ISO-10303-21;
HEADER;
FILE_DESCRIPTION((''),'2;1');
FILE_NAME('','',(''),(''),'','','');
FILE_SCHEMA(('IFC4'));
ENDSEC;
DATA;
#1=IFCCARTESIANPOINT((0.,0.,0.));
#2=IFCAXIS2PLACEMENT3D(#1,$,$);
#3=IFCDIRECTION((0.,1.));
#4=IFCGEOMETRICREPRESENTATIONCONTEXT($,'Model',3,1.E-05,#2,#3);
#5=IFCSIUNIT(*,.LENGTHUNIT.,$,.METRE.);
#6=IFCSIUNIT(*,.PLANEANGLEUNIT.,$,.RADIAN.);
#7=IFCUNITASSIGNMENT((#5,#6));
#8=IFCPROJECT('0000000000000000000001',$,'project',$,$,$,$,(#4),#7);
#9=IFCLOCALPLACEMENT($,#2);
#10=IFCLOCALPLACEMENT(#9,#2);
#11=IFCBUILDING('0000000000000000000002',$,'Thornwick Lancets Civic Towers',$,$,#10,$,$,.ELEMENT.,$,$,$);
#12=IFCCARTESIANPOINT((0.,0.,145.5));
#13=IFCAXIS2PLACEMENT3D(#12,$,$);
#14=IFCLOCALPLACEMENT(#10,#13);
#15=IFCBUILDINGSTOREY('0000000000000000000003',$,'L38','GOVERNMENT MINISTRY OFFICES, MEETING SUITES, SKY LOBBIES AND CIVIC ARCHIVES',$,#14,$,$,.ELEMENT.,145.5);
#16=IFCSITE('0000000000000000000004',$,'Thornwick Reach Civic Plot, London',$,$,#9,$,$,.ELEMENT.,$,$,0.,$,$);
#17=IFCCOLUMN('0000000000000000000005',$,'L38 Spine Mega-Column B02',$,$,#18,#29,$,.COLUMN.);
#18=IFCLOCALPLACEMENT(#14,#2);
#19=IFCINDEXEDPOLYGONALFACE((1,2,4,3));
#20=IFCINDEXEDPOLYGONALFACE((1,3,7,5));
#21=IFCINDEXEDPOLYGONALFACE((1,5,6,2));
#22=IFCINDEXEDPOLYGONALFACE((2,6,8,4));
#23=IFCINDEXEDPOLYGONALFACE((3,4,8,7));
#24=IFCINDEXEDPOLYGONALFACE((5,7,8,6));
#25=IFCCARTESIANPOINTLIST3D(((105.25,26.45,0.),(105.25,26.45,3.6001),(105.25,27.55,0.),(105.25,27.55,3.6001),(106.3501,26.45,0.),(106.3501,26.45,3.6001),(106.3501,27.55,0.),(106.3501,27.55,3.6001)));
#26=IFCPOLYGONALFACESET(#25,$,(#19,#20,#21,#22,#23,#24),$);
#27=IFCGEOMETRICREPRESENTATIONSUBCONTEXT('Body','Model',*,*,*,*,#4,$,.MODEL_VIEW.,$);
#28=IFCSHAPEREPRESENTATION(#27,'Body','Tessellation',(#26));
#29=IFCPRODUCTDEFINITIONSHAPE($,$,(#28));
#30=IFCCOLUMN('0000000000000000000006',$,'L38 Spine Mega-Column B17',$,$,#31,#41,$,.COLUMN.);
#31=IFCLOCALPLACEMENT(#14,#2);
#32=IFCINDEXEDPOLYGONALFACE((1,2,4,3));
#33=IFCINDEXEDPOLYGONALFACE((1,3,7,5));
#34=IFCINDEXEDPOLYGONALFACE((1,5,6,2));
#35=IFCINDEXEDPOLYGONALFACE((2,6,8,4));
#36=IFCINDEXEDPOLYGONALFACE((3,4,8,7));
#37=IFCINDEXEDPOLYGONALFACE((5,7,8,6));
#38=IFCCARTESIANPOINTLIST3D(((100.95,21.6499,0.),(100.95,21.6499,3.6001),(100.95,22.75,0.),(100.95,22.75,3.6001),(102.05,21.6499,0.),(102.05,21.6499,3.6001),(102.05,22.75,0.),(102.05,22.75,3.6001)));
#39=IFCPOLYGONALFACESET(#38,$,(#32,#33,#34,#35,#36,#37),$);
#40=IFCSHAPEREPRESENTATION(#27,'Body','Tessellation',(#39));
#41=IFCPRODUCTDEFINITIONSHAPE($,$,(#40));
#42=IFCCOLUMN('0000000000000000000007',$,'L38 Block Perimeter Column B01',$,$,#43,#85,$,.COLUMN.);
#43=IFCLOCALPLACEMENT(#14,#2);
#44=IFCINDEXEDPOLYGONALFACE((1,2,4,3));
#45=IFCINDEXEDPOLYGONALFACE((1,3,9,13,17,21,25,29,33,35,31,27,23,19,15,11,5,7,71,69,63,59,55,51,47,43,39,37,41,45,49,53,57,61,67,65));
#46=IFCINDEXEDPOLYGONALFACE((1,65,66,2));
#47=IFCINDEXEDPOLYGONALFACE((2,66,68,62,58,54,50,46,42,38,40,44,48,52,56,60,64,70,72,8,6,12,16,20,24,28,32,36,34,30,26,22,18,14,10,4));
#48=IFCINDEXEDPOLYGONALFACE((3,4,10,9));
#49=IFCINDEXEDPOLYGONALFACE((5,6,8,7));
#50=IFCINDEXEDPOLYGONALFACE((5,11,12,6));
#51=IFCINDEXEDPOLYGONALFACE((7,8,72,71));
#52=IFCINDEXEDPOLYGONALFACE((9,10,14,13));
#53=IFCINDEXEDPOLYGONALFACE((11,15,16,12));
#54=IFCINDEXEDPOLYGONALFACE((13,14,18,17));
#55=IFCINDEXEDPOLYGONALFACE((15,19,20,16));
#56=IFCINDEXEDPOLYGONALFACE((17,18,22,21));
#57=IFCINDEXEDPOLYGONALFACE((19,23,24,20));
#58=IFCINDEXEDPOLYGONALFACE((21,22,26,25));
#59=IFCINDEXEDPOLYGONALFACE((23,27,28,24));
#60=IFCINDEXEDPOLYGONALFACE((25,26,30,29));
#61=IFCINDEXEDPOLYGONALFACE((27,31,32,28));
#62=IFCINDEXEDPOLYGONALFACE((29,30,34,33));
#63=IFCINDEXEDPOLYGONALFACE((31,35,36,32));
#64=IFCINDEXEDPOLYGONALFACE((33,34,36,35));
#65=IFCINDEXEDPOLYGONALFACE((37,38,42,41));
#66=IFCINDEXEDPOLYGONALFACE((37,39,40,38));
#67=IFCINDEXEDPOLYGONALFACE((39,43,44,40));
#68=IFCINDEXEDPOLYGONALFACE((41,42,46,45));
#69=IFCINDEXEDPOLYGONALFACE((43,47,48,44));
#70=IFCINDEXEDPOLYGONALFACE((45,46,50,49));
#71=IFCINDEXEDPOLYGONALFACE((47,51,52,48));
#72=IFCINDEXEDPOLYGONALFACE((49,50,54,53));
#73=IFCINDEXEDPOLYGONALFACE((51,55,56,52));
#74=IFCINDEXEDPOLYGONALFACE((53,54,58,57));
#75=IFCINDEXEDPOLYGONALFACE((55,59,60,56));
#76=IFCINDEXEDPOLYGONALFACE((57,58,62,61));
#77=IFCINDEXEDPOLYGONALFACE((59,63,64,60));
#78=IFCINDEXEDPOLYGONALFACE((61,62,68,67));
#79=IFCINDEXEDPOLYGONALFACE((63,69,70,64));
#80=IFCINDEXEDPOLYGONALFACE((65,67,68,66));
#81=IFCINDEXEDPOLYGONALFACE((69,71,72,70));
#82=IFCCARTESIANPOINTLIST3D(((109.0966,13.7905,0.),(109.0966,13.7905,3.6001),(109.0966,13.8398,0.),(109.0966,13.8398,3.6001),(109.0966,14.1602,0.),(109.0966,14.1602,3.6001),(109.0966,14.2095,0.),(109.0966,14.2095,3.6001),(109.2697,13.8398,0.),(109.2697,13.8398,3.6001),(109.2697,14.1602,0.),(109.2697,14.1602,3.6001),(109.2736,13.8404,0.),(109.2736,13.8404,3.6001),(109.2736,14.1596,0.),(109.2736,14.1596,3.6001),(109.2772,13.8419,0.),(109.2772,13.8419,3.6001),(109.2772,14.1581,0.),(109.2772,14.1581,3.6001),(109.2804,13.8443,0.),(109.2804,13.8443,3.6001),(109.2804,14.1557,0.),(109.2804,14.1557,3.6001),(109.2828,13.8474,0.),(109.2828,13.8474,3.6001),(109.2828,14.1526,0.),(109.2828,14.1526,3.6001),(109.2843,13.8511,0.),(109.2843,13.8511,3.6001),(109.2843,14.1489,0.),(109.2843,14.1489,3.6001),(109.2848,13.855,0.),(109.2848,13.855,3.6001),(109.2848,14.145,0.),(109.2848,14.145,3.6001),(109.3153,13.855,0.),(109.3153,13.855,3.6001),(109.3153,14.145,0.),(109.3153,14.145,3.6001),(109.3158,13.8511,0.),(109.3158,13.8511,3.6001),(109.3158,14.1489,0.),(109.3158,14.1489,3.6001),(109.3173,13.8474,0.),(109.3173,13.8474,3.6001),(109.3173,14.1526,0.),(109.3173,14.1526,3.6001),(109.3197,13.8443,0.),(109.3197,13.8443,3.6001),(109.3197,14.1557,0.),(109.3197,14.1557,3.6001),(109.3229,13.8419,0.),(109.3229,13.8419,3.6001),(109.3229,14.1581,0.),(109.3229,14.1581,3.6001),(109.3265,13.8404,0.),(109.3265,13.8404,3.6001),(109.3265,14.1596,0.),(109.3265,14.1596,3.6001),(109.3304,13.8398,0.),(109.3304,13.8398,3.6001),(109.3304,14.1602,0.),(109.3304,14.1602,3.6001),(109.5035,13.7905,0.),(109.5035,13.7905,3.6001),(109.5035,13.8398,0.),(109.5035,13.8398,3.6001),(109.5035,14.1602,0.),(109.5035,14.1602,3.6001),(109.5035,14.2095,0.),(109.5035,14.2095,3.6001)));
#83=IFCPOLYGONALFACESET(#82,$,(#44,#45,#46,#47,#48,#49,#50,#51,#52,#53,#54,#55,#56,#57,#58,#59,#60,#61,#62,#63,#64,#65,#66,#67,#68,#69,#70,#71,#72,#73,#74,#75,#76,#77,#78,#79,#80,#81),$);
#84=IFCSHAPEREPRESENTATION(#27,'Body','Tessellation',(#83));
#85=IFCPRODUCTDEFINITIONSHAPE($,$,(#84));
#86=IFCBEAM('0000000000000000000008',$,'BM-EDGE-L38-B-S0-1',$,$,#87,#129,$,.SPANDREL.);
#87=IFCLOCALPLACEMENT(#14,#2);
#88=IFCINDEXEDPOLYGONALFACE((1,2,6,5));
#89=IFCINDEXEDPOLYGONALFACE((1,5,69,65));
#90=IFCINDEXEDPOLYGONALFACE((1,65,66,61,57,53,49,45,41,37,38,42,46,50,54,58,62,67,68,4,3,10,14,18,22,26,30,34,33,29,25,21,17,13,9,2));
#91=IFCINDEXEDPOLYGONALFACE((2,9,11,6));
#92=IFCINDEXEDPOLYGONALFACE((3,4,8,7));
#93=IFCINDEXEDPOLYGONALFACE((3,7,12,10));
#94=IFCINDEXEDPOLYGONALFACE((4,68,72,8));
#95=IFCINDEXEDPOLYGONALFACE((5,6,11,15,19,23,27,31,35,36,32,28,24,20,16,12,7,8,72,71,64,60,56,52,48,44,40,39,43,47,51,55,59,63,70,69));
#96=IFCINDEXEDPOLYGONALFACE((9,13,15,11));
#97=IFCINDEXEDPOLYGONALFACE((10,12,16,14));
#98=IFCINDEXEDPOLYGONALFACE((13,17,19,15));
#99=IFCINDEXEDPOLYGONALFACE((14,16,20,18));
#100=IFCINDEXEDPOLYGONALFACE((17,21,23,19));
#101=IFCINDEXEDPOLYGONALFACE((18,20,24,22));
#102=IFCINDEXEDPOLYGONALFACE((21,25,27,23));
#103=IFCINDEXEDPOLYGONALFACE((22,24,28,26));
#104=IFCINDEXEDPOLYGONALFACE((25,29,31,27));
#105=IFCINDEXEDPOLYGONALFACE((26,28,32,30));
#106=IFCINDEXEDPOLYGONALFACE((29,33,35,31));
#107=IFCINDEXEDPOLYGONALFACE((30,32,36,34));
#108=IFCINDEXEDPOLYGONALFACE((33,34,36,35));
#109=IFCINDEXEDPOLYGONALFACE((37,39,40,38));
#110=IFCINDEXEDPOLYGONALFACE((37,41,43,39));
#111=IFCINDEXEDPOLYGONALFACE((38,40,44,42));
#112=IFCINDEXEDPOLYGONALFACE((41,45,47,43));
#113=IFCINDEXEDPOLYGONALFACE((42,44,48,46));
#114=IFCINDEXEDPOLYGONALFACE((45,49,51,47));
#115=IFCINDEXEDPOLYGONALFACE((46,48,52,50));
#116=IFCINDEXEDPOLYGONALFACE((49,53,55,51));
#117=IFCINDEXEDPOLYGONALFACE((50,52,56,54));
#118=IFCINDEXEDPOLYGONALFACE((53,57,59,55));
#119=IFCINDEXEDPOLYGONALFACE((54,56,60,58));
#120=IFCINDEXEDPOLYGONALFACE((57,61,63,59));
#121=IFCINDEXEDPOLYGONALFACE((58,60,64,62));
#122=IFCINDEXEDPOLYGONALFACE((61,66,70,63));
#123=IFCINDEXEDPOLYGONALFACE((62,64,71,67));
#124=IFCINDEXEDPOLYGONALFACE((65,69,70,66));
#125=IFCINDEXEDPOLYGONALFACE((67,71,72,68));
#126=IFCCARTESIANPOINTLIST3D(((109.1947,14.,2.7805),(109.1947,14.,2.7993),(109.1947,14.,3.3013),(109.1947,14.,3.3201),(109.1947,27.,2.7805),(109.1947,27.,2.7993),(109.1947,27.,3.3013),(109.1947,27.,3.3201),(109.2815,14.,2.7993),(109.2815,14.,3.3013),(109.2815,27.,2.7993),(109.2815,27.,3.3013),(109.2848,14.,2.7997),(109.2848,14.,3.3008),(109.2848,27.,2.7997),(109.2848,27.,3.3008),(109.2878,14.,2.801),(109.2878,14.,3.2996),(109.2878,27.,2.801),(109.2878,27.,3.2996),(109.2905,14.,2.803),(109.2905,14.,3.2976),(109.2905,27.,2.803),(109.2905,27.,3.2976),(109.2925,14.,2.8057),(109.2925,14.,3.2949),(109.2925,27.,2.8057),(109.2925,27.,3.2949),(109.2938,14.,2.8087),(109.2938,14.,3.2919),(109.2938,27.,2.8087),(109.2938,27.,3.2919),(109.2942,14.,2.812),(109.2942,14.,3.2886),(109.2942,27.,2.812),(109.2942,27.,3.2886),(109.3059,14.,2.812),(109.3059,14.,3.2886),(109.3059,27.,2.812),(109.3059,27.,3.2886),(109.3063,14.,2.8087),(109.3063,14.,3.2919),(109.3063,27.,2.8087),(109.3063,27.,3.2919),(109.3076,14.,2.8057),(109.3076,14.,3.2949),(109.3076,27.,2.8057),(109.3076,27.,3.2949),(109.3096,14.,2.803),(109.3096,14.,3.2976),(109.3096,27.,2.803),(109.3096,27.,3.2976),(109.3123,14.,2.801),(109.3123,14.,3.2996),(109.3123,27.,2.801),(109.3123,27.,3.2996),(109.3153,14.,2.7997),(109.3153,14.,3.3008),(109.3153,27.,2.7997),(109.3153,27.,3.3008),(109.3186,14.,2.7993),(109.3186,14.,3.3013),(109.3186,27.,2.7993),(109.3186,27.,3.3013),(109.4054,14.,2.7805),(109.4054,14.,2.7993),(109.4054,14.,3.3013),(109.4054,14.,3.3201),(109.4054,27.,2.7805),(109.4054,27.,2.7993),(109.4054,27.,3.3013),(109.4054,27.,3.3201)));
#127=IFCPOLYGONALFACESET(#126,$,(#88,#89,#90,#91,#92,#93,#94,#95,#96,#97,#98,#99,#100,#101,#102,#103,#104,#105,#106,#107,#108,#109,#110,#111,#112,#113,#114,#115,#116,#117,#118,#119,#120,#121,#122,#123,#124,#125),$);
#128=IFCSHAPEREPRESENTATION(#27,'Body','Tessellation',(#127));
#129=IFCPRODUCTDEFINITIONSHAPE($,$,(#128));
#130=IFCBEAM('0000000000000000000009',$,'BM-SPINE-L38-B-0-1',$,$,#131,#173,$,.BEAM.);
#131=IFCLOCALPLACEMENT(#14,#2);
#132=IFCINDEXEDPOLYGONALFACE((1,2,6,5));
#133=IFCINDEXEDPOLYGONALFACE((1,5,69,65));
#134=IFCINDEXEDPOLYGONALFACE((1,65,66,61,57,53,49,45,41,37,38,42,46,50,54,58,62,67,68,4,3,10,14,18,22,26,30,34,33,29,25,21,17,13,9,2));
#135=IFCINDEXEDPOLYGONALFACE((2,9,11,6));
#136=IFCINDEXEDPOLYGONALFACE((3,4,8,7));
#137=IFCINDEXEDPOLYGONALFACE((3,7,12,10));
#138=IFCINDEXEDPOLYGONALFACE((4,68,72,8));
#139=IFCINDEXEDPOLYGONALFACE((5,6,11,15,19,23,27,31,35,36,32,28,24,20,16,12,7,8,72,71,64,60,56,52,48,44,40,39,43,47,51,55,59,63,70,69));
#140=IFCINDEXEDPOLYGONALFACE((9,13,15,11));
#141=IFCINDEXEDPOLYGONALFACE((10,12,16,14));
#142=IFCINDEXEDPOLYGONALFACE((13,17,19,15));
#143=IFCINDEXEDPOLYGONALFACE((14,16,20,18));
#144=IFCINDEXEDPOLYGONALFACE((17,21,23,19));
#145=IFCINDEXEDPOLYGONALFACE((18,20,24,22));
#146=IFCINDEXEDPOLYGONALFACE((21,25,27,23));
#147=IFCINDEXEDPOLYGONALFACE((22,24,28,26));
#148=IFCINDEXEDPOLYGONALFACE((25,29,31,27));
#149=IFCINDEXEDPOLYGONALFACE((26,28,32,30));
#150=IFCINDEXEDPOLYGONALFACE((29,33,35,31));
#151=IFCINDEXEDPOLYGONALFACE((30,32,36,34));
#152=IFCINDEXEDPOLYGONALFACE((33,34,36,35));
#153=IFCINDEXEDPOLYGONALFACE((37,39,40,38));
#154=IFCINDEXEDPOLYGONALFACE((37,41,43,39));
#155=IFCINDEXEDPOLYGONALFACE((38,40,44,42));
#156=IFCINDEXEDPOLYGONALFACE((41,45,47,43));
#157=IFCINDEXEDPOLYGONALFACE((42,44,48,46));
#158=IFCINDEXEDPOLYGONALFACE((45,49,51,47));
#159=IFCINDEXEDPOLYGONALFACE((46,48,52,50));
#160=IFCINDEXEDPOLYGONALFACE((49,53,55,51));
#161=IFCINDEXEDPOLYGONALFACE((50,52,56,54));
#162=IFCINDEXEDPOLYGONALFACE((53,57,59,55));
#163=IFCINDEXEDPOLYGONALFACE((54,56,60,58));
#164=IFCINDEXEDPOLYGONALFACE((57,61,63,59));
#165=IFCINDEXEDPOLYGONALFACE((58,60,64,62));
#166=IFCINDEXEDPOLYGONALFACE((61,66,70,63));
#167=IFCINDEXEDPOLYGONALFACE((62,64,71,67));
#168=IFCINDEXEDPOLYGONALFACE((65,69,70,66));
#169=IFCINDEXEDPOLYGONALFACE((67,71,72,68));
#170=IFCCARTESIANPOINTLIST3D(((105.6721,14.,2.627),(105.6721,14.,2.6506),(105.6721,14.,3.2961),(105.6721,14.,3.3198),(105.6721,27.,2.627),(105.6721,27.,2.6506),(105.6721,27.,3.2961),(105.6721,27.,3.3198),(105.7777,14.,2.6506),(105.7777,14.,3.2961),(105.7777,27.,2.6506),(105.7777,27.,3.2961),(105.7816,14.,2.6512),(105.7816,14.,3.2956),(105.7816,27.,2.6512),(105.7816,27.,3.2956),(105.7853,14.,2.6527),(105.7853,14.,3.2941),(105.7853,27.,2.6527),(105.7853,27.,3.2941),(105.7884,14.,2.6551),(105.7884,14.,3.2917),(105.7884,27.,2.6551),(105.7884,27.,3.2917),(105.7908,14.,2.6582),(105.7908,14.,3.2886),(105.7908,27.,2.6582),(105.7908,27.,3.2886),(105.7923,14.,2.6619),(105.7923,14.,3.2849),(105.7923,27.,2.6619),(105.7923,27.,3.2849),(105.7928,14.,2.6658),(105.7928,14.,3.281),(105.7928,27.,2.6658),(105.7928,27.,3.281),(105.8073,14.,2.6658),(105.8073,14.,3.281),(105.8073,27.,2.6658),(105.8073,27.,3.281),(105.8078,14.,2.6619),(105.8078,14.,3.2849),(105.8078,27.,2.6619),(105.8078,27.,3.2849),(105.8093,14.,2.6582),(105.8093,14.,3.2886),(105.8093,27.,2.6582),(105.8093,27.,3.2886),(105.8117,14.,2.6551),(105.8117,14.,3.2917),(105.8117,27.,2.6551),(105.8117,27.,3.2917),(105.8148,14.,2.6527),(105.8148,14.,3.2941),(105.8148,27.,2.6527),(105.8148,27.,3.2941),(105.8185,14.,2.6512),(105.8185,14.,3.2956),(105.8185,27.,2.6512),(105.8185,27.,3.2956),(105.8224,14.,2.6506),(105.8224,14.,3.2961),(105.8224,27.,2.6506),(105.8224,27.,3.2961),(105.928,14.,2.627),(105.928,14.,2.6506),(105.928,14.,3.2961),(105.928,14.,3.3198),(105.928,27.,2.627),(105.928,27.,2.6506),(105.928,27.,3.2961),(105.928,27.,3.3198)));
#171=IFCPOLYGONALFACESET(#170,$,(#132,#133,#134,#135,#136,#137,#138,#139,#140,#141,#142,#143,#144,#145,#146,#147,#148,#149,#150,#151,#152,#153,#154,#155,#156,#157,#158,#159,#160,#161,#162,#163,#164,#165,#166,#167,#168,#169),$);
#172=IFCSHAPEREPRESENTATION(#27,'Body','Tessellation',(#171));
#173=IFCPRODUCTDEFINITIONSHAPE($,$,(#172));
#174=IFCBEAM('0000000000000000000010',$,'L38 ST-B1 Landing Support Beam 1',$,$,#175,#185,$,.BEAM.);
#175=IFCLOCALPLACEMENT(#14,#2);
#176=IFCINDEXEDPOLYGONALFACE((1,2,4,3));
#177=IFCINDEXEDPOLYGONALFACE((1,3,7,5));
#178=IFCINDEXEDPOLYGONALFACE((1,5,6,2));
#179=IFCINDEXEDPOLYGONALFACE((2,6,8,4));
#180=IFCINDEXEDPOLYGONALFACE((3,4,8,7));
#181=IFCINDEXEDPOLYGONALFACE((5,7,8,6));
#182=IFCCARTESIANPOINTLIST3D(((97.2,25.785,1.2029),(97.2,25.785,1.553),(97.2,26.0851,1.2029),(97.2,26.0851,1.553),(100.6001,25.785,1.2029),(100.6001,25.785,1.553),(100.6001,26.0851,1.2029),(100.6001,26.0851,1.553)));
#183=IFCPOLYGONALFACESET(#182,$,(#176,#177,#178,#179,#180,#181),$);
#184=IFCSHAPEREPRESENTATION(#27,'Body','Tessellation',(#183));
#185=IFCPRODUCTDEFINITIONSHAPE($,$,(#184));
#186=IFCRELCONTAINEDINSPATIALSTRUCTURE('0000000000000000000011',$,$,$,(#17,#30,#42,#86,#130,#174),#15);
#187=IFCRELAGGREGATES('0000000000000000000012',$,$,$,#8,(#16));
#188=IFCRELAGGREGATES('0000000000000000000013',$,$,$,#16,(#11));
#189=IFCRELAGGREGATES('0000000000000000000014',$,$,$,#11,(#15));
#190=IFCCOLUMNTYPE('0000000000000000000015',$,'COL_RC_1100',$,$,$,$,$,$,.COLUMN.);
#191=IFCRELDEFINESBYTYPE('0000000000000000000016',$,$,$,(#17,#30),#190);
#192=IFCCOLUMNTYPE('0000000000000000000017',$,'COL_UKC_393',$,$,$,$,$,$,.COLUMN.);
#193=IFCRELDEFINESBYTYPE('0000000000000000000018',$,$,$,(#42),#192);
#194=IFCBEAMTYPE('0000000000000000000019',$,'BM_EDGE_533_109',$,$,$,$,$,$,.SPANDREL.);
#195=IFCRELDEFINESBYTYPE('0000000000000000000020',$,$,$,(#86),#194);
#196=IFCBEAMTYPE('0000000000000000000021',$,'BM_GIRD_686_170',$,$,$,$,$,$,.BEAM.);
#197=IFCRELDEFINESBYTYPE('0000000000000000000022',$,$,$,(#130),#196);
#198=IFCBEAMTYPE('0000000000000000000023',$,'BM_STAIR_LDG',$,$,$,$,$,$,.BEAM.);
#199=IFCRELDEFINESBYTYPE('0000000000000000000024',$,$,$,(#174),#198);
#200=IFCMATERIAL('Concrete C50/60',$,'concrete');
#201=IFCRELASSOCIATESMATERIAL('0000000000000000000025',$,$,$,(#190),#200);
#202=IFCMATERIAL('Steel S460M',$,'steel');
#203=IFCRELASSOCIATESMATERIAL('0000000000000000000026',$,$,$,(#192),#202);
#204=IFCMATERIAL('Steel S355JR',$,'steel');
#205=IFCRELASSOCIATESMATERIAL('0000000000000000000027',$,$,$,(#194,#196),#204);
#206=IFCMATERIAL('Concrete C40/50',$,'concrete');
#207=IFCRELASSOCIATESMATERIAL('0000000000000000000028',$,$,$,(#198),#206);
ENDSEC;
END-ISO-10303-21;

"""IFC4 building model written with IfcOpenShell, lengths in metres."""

from ifc_helpers import new_model, si_unit, direction, frame, origin, origin_2d, place, context, subcontext, project, spatial, rectangle, i_section, extrude, material, material_profile, profile_set, type_object, element, save


model = new_model("IFC4")

# Units and contexts
model_context = context("Model", 3, precision=1e-05, world=origin(), true_north=direction((0.0, 1.0)))
body_context = subcontext(model_context, "Body", "Model", "MODEL_VIEW")
ifc_project = project(units=[si_unit("LENGTHUNIT", "METRE"), si_unit("PLANEANGLEUNIT", "RADIAN")], contexts=[model_context])

# Site, building, storey
site_placement = place(None, origin())
site = spatial("IfcSite", under=ifc_project, at=site_placement, Name="Thornwick Reach Civic Plot, London", CompositionType="ELEMENT", RefElevation=0.0)
building_placement = place(site_placement, origin())
building = spatial("IfcBuilding", under=site, at=building_placement, Name="Thornwick Lancets Civic Towers", CompositionType="ELEMENT")
storey_placement = place(building_placement, frame((0.0, 0.0, 145.5)))
storey = spatial("IfcBuildingStorey", under=building, at=storey_placement, Name="L38", Description="GOVERNMENT MINISTRY OFFICES, MEETING SUITES, SKY LOBBIES AND CIVIC ARCHIVES", CompositionType="ELEMENT", Elevation=145.5)

# Columns
ifc_material_1 = material(Name="Concrete C50/60", Category="concrete")
ifc_material_profile_1 = material_profile(ifc_material_1, rectangle(XDim=1.1001, YDim=1.1001, at=origin_2d()), Name="RC 1100x1100")
ifc_profile_set_1 = profile_set([ifc_material_profile_1], Name="Concrete C50/60")
column_type_1 = type_object("IfcColumnType", Name="COL_RC_1100", PredefinedType="COLUMN", material=ifc_profile_set_1)
for number, where, z_axis, x_axis, name in (
    (1, (105.8, 27.0, 0.0), (0.0, 0.0, 1.0), (1.0, 0.0, 0.0), "L38 Spine Mega-Column B02"),
    (2, (101.5, 22.2, 0.0), (0.0, 0.0, 1.0), (1.0, 0.0, 0.0), "L38 Spine Mega-Column B17"),
):
    element("IfcColumn", number, at=place(storey_placement, frame(where, z_axis=z_axis, x_axis=x_axis)), inside=storey, type_object=column_type_1, Name=name, PredefinedType="COLUMN", context=body_context, shape_type="SweptSolid", body=[
        extrude(rectangle(XDim=1.1001, YDim=1.1001, at=origin_2d()), origin(), (0.0, 0.0, 1.0), 3.6001),
    ])
ifc_material_2 = material(Name="Steel S460M", Category="steel")
ifc_material_profile_2 = material_profile(ifc_material_2, i_section(OverallWidth=0.407, OverallDepth=0.4189, WebThickness=0.0305, FlangeThickness=0.0493, FilletRadius=0.0151, at=origin_2d()), Name="UKC 356x406x393")
ifc_profile_set_2 = profile_set([ifc_material_profile_2], Name="Steel S460M")
column_type_2 = type_object("IfcColumnType", Name="COL_UKC_393", PredefinedType="COLUMN", material=ifc_profile_set_2)
column_placement = place(storey_placement, frame((109.3, 14.0, 0.0), z_axis=(0.0, 0.0, 1.0), x_axis=(1.0, 0.0, 0.0)))
element("IfcColumn", 3, at=column_placement, inside=storey, type_object=column_type_2, Name="L38 Block Perimeter Column B01", PredefinedType="COLUMN", context=body_context, shape_type="SweptSolid", body=[
    extrude(i_section(OverallWidth=0.407, OverallDepth=0.4189, WebThickness=0.0305, FlangeThickness=0.0493, FilletRadius=0.0151, at=origin_2d()), origin(), (0.0, 0.0, 1.0), 3.6001),
])

# Beams
ifc_material_3 = material(Name="Steel S355JR", Category="steel")
ifc_material_profile_3 = material_profile(ifc_material_3, i_section(OverallWidth=0.2107, OverallDepth=0.5396, WebThickness=0.0117, FlangeThickness=0.0188, FilletRadius=0.0127, at=origin_2d()), Name="UKB 533x210x109")
ifc_profile_set_3 = profile_set([ifc_material_profile_3], Name="Steel S355JR")
beam_type_1 = type_object("IfcBeamType", Name="BM_EDGE_533_109", PredefinedType="SPANDREL", material=ifc_profile_set_3)
beam_1_placement = place(storey_placement, frame((109.3, 14.0, 3.0503), z_axis=(0.0, 1.0, 0.0), x_axis=(-1.0, 0.0, 0.0)))
element("IfcBeam", 4, at=beam_1_placement, inside=storey, type_object=beam_type_1, Name="BM-EDGE-L38-B-S0-1", PredefinedType="SPANDREL", context=body_context, shape_type="SweptSolid", body=[
    extrude(i_section(OverallWidth=0.2107, OverallDepth=0.5396, WebThickness=0.0117, FlangeThickness=0.0188, FilletRadius=0.0127, at=origin_2d()), origin(), (0.0, 0.0, 1.0), 13.0),
])
ifc_material_profile_4 = material_profile(ifc_material_3, i_section(OverallWidth=0.2559, OverallDepth=0.6929, WebThickness=0.0144, FlangeThickness=0.0237, FilletRadius=0.0151, at=origin_2d()), Name="UKB 686x254x170")
ifc_profile_set_4 = profile_set([ifc_material_profile_4], Name="Steel S355JR")
beam_type_2 = type_object("IfcBeamType", Name="BM_GIRD_686_170", PredefinedType="BEAM", material=ifc_profile_set_4)
beam_2_placement = place(storey_placement, frame((105.8, 14.0, 2.9734), z_axis=(0.0, 1.0, 0.0), x_axis=(-1.0, 0.0, 0.0)))
element("IfcBeam", 5, at=beam_2_placement, inside=storey, type_object=beam_type_2, Name="BM-SPINE-L38-B-0-1", PredefinedType="BEAM", context=body_context, shape_type="SweptSolid", body=[
    extrude(i_section(OverallWidth=0.2559, OverallDepth=0.6929, WebThickness=0.0144, FlangeThickness=0.0237, FilletRadius=0.0151, at=origin_2d()), origin(), (0.0, 0.0, 1.0), 13.0),
])
ifc_material_4 = material(Name="Concrete C40/50", Category="concrete")
ifc_material_profile_5 = material_profile(ifc_material_4, rectangle(XDim=0.3, YDim=0.3501, at=origin_2d()), Name="RC 300x350")
ifc_profile_set_5 = profile_set([ifc_material_profile_5], Name="Concrete C40/50")
beam_type_3 = type_object("IfcBeamType", Name="BM_STAIR_LDG", PredefinedType="BEAM", material=ifc_profile_set_5)
beam_3_placement = place(storey_placement, frame((100.6001, 25.9351, 1.3779), z_axis=(-1.0, 0.0, 0.0), x_axis=(0.0, -1.0, 0.0)))
element("IfcBeam", 6, at=beam_3_placement, inside=storey, type_object=beam_type_3, Name="L38 ST-B1 Landing Support Beam 1", PredefinedType="BEAM", context=body_context, shape_type="SweptSolid", body=[
    extrude(rectangle(XDim=0.3, YDim=0.3501, at=origin_2d()), origin(), (0.0, 0.0, 1.0), 3.4001),
])

save(model, "model.ifc")
